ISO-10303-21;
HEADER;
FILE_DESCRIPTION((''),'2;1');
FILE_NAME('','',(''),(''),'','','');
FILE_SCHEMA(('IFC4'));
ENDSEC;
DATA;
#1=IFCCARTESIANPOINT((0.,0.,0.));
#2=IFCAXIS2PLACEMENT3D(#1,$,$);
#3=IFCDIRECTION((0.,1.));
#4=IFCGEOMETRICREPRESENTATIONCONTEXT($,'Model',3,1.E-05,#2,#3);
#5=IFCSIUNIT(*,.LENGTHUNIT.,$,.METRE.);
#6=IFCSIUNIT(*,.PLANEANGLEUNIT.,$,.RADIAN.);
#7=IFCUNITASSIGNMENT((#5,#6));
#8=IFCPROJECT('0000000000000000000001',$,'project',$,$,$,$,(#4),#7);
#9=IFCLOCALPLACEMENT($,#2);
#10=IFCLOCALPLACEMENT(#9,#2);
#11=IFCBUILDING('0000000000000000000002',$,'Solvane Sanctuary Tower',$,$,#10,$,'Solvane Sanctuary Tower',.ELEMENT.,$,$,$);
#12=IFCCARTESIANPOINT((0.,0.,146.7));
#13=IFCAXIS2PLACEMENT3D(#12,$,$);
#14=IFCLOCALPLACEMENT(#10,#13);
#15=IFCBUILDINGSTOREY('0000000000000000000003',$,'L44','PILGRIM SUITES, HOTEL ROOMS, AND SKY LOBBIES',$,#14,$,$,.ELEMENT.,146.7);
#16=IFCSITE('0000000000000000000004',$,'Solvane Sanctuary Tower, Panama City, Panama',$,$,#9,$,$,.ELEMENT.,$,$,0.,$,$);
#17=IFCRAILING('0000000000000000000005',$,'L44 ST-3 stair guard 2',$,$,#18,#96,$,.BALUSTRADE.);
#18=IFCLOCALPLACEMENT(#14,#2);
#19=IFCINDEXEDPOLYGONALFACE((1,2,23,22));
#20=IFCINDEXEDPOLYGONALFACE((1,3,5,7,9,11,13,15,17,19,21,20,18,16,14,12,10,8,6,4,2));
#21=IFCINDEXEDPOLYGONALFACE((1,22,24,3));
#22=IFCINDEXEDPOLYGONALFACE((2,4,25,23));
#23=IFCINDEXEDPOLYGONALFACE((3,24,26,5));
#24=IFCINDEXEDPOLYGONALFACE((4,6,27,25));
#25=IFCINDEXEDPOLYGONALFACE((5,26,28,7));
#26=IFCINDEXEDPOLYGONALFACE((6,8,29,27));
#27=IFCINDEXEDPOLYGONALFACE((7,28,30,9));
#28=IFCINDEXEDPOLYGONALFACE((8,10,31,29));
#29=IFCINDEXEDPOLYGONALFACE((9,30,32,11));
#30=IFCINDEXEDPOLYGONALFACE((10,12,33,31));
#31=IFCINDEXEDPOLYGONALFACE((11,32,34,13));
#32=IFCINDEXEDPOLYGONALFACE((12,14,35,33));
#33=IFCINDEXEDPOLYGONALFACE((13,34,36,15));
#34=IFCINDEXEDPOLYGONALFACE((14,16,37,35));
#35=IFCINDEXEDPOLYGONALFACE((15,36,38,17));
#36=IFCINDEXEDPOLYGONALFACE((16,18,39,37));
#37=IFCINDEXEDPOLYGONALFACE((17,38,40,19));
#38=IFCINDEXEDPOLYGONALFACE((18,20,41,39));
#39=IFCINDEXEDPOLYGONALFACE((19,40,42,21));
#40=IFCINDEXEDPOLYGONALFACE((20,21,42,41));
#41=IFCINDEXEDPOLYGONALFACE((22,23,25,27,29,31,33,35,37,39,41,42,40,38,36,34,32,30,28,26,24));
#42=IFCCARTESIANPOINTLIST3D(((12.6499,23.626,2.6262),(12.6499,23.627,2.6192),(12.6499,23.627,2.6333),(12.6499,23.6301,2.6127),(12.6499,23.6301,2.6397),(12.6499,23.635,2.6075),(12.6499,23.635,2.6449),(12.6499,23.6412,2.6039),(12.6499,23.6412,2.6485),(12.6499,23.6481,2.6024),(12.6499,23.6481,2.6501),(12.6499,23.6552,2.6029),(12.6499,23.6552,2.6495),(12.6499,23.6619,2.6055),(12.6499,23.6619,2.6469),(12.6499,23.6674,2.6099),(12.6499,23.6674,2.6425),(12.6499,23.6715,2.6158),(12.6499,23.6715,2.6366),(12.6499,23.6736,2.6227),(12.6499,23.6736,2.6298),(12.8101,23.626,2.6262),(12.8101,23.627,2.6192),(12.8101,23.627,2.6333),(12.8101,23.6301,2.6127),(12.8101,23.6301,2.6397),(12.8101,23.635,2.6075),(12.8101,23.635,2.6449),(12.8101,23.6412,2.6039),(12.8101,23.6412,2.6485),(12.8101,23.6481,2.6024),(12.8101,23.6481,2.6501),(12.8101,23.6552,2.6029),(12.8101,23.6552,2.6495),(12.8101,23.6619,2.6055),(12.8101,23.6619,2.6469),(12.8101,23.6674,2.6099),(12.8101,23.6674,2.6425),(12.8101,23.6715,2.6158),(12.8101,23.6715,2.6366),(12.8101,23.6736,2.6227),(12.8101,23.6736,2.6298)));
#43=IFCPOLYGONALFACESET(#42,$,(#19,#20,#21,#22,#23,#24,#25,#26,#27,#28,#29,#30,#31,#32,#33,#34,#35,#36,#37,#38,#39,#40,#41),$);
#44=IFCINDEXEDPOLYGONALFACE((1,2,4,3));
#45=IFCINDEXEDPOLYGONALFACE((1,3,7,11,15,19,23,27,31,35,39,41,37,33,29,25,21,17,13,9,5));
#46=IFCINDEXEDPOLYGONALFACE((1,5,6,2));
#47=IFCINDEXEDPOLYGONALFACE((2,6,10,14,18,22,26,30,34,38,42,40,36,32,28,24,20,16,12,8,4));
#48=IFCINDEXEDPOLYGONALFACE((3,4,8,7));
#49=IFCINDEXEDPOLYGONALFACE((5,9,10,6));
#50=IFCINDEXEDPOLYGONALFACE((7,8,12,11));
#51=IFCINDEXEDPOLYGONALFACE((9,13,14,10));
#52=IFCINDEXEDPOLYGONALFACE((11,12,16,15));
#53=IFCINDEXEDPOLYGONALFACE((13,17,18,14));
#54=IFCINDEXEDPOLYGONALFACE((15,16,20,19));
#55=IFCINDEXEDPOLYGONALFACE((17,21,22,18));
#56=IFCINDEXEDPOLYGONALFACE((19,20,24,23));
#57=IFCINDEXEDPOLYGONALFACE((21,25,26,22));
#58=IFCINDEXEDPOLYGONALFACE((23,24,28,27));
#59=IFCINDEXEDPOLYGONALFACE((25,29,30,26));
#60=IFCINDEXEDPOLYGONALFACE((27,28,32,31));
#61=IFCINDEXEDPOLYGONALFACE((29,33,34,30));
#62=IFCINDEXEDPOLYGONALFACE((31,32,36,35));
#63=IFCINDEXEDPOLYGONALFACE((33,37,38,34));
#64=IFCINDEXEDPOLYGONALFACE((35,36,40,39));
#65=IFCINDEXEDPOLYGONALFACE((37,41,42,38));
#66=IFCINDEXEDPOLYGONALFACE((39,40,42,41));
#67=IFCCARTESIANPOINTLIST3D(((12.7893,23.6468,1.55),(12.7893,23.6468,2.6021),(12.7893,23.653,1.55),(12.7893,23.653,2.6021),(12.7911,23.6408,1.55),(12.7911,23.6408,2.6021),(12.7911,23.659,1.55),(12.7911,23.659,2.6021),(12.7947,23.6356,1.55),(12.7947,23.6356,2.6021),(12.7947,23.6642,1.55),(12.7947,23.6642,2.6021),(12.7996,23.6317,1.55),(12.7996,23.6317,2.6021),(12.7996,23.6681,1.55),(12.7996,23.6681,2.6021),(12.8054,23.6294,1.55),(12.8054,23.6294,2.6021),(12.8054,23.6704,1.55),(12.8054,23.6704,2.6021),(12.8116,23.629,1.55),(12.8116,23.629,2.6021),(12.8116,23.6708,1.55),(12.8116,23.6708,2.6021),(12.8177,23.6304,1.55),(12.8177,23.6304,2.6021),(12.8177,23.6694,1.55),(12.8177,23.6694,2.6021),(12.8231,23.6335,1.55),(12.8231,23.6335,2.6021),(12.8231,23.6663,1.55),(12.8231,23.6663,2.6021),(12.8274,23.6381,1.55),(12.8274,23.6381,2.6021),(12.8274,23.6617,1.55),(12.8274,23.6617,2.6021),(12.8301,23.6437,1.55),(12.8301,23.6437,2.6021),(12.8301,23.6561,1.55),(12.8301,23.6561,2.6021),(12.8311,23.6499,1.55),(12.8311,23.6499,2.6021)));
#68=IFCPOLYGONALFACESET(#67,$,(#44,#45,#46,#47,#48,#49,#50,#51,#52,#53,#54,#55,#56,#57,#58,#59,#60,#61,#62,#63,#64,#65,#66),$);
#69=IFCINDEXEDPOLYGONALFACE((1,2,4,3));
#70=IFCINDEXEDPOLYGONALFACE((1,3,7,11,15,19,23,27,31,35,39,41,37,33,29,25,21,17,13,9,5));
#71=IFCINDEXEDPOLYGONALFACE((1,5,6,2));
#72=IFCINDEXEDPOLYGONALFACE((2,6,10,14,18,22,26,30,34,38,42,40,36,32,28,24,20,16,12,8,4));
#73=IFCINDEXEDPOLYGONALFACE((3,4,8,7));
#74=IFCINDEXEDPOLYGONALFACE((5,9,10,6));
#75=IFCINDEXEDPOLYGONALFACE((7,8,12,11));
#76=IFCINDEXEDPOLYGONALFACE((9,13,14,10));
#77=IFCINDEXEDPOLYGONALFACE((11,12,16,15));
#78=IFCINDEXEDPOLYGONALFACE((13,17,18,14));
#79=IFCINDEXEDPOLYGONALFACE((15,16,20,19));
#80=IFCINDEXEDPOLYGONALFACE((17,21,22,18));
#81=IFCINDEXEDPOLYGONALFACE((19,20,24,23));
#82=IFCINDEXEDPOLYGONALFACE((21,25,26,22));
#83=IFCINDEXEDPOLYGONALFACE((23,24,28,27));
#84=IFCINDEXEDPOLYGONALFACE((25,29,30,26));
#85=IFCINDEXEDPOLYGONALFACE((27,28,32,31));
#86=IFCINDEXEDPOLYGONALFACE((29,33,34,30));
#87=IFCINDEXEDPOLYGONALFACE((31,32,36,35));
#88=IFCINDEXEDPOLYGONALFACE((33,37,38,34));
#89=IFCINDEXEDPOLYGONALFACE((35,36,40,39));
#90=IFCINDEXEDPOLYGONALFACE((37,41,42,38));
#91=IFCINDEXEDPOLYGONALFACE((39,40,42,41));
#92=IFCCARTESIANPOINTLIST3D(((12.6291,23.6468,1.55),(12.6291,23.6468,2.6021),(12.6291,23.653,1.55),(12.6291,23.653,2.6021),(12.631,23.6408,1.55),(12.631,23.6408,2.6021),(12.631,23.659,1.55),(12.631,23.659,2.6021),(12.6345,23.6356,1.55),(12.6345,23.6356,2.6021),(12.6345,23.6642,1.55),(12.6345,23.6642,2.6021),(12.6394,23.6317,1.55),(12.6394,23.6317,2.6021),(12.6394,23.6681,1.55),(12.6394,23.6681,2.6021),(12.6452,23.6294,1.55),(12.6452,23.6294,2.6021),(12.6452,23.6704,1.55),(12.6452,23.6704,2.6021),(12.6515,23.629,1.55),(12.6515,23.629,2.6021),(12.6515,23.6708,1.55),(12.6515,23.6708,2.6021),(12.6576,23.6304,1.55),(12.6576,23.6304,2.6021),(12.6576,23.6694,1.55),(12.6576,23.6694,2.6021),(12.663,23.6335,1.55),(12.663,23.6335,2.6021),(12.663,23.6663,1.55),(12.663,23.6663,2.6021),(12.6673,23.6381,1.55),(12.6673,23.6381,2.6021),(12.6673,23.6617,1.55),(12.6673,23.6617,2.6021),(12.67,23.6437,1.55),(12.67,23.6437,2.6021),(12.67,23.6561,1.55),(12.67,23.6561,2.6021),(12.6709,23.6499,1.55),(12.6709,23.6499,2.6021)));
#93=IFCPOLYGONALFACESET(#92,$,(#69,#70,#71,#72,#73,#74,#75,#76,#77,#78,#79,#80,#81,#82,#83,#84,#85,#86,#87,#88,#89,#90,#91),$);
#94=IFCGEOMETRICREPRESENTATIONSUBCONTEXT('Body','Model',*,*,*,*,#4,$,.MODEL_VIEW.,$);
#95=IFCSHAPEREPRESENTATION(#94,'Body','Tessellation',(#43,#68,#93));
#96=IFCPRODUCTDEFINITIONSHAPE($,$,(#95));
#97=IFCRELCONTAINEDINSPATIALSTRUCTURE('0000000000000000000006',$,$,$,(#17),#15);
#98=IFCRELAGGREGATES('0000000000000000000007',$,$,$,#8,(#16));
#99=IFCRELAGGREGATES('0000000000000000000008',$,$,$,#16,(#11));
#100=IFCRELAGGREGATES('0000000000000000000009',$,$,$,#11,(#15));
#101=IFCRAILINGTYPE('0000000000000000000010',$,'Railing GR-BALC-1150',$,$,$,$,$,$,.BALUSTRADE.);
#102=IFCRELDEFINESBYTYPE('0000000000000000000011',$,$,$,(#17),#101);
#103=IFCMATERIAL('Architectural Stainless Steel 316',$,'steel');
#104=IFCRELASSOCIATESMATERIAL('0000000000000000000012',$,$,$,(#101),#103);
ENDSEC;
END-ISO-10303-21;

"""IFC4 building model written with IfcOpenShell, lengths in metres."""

from ifc_helpers import new_model, si_unit, direction, frame, origin, origin_2d, place, context, subcontext, project, spatial, circle, extrude, material, type_object, element, save


model = new_model("IFC4")

# Units and contexts
model_context = context("Model", 3, precision=1e-05, world=origin(), true_north=direction((0.0, 1.0)))
body_context = subcontext(model_context, "Body", "Model", "MODEL_VIEW")
ifc_project = project(units=[si_unit("LENGTHUNIT", "METRE"), si_unit("PLANEANGLEUNIT", "RADIAN")], contexts=[model_context])

# Site, building, storey
site_placement = place(None, origin())
site = spatial("IfcSite", under=ifc_project, at=site_placement, Name="Solvane Sanctuary Tower, Panama City, Panama", CompositionType="ELEMENT", RefElevation=0.0)
building_placement = place(site_placement, origin())
building = spatial("IfcBuilding", under=site, at=building_placement, Name="Solvane Sanctuary Tower", LongName="Solvane Sanctuary Tower", CompositionType="ELEMENT")
storey_placement = place(building_placement, frame((0.0, 0.0, 146.7)))
storey = spatial("IfcBuildingStorey", under=building, at=storey_placement, Name="L44", Description="PILGRIM SUITES, HOTEL ROOMS, AND SKY LOBBIES", CompositionType="ELEMENT", Elevation=146.7)

# Railing
ifc_material_1 = material(Name="Architectural Stainless Steel 316", Category="steel")
railing_type_1 = type_object("IfcRailingType", Name="Railing GR-BALC-1150", PredefinedType="BALUSTRADE", material=ifc_material_1)
railing_1_placement = place(storey_placement, frame((12.8101, 23.6499, 1.55)))
element("IfcRailing", 1, at=railing_1_placement, inside=storey, type_object=railing_type_1, Name="L44 ST-3 stair guard 2", PredefinedType="BALUSTRADE", context=body_context, shape_type="SweptSolid", body=[
    extrude(circle(Radius=0.0239, at=origin_2d()), frame((0.0, 0.0, 1.0762), z_axis=(-1.0, 0.0, 0.0), x_axis=(0.0, -1.0, 0.0)), (0.0, 0.0, 1.0), 0.1602),
    extrude(circle(Radius=0.021, at=origin_2d()), origin(), (0.0, 0.0, 1.0), 1.052),
    extrude(circle(Radius=0.021, at=origin_2d()), frame((-0.1602, 0.0, 0.0)), (0.0, 0.0, 1.0), 1.052),
])

save(model, "model.ifc")
